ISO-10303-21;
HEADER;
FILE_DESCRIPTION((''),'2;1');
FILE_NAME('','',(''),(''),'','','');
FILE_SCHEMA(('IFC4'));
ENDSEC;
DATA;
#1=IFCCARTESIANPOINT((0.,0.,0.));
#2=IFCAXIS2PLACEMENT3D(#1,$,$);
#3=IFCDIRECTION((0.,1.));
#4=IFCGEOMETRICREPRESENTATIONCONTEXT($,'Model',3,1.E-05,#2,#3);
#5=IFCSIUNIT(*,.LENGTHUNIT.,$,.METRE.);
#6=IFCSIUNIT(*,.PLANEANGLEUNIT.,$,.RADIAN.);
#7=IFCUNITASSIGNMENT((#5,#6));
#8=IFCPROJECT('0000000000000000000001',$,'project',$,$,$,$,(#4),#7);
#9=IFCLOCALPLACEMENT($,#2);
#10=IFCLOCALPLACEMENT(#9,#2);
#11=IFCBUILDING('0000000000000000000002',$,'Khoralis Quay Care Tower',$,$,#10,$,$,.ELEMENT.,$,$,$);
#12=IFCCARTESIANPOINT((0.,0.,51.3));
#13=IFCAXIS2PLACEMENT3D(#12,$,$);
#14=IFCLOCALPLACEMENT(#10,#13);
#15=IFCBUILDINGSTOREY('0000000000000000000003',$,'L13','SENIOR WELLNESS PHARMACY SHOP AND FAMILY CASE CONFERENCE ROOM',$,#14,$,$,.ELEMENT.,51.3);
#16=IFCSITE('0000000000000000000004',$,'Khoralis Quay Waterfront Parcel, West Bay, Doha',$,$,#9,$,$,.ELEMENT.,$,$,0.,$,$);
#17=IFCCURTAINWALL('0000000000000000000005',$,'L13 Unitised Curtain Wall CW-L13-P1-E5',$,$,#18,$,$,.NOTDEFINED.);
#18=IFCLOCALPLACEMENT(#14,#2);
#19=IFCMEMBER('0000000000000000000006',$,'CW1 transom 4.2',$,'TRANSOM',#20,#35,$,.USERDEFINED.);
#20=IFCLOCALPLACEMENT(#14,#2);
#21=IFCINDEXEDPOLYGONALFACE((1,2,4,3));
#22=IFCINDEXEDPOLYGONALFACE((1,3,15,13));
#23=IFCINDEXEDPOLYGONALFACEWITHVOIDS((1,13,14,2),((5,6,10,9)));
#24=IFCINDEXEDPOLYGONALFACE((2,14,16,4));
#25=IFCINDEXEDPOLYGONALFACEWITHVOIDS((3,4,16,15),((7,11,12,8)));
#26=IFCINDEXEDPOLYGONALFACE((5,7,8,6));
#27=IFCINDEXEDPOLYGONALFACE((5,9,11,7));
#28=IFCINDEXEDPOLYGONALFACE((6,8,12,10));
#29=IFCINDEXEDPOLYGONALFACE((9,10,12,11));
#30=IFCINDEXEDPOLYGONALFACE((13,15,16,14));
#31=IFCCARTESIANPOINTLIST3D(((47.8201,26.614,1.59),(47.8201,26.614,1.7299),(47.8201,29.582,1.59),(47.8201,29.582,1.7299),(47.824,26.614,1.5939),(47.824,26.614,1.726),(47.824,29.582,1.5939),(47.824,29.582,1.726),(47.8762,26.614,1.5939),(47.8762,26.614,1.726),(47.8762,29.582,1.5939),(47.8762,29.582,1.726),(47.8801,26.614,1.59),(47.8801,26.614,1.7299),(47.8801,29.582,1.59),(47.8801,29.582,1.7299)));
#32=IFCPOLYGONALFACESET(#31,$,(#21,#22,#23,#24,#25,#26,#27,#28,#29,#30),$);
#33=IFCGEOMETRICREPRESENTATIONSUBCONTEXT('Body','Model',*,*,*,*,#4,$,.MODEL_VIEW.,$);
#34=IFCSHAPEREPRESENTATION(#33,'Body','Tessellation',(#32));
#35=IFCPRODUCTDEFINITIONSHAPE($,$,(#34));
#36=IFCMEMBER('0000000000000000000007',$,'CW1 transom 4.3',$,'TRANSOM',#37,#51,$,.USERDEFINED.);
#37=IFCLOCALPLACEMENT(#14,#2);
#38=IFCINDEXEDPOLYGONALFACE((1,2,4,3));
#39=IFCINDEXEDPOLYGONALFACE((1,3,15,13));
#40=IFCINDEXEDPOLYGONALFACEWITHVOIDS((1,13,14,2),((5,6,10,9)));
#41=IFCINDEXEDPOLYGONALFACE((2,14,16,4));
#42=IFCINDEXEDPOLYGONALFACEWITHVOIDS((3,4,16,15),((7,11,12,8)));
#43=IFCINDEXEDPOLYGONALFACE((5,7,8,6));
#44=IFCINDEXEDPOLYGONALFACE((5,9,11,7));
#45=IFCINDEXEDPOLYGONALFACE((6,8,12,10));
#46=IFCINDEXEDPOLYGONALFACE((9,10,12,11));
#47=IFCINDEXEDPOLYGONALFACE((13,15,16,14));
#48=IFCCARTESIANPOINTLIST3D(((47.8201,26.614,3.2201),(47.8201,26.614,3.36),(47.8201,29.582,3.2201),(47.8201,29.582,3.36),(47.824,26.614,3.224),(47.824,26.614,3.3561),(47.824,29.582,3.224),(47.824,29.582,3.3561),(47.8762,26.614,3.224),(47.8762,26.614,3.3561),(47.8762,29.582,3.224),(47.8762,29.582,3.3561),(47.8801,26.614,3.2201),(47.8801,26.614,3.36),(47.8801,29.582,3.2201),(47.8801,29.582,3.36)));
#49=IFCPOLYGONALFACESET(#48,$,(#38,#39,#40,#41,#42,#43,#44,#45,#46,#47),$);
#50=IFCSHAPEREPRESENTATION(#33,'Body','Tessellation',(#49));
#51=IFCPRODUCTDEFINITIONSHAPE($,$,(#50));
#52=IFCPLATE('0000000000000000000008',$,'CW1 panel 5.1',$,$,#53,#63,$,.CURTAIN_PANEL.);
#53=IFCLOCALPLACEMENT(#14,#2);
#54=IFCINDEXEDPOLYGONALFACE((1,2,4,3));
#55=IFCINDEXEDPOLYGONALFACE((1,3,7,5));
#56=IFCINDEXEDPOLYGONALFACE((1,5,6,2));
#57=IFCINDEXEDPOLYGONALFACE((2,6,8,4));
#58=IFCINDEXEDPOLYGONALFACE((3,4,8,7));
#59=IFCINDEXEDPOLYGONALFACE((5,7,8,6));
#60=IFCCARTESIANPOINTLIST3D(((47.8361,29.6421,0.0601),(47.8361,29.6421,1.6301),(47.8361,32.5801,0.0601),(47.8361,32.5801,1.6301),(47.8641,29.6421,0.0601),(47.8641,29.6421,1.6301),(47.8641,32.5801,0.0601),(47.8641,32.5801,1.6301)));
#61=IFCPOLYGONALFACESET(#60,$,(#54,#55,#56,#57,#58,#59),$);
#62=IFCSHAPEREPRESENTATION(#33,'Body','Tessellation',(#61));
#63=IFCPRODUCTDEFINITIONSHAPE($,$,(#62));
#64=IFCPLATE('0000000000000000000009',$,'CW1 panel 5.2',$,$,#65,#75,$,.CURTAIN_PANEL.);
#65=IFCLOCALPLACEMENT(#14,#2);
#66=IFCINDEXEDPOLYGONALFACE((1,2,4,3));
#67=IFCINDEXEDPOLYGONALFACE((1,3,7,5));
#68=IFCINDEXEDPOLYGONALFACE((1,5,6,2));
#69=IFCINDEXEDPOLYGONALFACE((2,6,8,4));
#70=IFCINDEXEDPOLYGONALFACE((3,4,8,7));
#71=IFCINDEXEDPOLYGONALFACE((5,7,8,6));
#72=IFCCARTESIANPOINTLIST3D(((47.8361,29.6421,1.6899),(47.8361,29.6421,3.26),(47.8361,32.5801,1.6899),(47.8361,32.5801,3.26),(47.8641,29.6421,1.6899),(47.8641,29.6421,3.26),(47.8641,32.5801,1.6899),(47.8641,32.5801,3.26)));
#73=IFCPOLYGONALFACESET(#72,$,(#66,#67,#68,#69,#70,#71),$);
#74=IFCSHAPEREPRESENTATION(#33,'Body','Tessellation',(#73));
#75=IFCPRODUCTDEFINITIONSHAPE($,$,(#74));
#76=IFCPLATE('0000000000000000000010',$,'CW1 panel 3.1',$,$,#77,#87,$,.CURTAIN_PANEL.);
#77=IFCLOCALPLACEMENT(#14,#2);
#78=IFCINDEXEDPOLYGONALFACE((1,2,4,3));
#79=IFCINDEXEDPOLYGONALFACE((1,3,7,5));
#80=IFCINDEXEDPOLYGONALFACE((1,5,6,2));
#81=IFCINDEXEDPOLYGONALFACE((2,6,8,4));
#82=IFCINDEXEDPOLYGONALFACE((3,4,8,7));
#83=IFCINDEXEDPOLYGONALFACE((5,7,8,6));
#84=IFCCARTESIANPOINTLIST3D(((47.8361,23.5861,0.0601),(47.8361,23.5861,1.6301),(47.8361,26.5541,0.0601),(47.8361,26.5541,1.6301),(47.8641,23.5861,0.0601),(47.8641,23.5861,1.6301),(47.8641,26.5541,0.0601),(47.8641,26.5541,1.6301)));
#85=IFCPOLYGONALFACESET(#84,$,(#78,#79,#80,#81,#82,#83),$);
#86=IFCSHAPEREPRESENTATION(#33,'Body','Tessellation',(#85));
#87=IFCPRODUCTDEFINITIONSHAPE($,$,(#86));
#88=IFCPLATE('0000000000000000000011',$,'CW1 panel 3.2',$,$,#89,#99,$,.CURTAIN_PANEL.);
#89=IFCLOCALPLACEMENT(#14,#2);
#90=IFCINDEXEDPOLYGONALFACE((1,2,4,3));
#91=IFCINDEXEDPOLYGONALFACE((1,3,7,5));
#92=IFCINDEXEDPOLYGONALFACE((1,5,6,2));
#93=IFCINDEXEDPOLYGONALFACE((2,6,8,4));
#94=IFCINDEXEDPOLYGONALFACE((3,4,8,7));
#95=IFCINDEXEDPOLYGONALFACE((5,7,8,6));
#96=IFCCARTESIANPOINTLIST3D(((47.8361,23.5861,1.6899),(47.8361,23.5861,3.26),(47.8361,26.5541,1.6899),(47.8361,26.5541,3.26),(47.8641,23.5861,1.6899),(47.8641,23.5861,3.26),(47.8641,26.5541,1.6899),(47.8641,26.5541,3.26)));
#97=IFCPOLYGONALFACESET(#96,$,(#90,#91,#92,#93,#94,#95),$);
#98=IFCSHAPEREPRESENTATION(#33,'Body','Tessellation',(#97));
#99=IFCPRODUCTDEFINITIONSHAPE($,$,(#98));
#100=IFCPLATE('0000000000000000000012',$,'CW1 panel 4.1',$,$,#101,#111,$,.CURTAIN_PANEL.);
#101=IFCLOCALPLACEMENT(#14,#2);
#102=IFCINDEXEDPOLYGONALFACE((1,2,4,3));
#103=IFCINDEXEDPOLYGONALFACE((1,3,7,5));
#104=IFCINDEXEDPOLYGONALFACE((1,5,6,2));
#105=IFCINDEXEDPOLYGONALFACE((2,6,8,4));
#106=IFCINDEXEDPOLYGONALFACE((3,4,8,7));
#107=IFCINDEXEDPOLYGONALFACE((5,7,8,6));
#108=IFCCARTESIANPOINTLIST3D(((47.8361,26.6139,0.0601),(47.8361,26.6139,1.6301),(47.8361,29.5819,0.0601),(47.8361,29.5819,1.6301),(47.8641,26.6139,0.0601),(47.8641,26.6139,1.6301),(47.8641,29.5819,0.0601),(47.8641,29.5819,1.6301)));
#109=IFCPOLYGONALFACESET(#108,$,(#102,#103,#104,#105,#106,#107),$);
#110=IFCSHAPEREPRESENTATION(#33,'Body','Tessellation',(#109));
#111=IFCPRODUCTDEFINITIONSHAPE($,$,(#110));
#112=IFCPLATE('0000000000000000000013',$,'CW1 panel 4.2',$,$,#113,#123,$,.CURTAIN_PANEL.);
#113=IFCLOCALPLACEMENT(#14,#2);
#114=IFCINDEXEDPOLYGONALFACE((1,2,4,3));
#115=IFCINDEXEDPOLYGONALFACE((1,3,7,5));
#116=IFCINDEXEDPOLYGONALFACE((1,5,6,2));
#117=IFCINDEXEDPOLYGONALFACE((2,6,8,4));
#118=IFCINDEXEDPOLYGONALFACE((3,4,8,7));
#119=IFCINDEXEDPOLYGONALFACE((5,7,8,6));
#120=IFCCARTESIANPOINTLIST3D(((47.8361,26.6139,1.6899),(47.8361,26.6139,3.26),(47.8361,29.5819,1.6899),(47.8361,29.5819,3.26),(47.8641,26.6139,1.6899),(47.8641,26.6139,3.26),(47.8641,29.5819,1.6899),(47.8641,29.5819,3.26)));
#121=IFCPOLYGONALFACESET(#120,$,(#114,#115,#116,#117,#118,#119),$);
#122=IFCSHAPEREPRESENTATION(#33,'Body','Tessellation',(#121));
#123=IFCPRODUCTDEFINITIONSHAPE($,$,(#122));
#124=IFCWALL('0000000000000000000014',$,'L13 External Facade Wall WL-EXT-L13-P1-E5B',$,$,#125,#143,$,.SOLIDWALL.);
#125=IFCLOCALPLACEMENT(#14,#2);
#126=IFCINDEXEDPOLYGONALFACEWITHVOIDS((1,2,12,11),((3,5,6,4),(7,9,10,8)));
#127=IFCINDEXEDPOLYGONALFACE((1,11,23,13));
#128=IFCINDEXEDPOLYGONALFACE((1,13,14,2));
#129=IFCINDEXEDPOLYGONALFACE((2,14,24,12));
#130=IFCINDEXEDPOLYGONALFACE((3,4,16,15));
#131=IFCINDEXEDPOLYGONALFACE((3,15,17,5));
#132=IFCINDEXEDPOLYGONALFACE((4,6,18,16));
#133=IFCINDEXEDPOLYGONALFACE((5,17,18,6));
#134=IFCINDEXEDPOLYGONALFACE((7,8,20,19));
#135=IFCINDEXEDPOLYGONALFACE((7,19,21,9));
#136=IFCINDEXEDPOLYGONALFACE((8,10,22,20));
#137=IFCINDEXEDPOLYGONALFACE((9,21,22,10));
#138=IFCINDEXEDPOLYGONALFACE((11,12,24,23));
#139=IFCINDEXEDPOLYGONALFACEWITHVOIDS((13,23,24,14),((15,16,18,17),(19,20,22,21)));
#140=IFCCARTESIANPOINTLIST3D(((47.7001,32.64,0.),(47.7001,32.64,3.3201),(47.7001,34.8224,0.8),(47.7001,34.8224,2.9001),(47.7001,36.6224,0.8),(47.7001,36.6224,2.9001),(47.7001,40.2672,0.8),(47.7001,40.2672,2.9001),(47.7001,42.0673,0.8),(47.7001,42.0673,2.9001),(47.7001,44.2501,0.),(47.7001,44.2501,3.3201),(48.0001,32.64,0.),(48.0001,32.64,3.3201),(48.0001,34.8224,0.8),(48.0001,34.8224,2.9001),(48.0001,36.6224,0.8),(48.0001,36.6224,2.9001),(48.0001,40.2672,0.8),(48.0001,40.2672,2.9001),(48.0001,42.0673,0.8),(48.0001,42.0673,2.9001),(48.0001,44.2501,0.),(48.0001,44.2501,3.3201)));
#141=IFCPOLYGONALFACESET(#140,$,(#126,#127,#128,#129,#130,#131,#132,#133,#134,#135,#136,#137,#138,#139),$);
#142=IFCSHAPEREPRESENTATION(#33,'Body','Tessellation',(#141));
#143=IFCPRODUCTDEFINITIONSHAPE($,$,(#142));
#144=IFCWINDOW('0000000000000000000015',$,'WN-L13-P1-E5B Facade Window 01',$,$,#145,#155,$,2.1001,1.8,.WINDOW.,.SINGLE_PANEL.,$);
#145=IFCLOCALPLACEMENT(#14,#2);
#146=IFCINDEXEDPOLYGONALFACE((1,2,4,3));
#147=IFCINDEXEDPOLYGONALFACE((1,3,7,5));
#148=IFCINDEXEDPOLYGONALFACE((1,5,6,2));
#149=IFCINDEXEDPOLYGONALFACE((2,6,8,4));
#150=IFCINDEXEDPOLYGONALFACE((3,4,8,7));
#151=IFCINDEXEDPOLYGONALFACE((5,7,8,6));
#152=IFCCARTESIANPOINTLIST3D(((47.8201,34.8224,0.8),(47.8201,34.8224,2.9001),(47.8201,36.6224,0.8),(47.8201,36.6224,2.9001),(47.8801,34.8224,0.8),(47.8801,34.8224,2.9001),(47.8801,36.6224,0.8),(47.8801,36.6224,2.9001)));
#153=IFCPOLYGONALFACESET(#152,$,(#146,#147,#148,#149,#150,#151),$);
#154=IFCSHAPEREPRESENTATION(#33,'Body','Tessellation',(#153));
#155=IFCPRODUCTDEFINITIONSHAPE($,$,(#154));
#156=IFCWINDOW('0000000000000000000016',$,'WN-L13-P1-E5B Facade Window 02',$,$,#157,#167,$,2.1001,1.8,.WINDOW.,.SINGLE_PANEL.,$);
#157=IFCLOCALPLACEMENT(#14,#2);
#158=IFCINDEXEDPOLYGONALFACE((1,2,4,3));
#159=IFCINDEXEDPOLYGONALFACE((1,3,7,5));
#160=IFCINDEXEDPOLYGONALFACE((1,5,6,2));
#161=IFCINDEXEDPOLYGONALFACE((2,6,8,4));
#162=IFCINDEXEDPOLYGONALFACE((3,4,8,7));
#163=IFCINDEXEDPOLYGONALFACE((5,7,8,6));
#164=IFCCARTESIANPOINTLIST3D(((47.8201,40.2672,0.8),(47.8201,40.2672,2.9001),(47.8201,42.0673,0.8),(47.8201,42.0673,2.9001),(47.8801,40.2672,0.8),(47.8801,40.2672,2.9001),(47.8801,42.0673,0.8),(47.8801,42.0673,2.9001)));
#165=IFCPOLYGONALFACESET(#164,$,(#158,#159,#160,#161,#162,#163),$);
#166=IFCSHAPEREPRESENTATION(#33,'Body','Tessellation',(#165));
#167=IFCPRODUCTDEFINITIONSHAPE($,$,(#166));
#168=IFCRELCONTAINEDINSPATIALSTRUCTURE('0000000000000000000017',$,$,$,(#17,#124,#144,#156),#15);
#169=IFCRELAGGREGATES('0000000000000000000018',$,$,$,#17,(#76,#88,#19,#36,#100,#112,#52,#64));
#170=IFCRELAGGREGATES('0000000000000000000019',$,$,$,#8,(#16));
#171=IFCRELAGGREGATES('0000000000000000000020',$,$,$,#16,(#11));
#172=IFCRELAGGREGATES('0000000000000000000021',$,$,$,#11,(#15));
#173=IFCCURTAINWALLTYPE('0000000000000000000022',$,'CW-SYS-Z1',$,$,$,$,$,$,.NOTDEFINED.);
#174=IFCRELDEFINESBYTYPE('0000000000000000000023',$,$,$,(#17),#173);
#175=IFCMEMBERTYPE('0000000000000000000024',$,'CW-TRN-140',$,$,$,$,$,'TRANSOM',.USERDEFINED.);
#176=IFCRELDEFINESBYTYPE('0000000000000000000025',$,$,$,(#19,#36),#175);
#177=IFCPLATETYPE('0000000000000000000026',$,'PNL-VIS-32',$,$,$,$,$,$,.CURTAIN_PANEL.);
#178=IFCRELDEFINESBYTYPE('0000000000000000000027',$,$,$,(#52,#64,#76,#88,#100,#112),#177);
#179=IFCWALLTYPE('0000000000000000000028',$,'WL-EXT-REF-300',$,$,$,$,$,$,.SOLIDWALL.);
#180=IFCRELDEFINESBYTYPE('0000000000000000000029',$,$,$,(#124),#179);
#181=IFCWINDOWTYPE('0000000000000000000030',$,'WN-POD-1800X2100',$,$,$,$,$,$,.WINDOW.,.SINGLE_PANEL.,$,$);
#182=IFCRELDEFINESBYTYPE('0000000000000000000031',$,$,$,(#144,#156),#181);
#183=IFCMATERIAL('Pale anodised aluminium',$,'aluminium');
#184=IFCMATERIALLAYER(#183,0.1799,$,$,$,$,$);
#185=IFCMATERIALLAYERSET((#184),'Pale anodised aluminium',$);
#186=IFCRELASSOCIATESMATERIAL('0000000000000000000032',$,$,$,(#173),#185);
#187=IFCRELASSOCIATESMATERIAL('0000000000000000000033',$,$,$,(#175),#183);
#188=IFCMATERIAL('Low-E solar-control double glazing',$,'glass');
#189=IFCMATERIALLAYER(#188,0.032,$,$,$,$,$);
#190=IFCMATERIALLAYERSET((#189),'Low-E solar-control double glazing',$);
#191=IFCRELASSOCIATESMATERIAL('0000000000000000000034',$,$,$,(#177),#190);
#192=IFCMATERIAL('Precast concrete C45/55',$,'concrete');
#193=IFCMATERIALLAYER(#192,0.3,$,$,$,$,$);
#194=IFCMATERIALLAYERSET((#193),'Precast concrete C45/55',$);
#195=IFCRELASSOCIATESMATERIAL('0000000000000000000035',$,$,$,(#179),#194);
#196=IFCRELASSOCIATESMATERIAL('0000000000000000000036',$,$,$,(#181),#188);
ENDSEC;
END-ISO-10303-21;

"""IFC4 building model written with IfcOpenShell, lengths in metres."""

from ifc_helpers import new_model, si_unit, direction, frame, frame_2d, origin, origin_2d, place, context, subcontext, project, spatial, rectangle, hollow_rectangle, extrude, source, transform, mapped, material, layer, layer_set, material_profile, profile_set, type_object, element, fill, aggregate, save


model = new_model("IFC4")

# Units and contexts
model_context = context("Model", 3, precision=1e-05, world=origin(), true_north=direction((0.0, 1.0)))
body_context = subcontext(model_context, "Body", "Model", "MODEL_VIEW")
ifc_project = project(units=[si_unit("LENGTHUNIT", "METRE"), si_unit("PLANEANGLEUNIT", "RADIAN")], contexts=[model_context])

# Site, building, storey
site_placement = place(None, origin())
site = spatial("IfcSite", under=ifc_project, at=site_placement, Name="Khoralis Quay Waterfront Parcel, West Bay, Doha", CompositionType="ELEMENT", RefElevation=0.0)
building_placement = place(site_placement, origin())
building = spatial("IfcBuilding", under=site, at=building_placement, Name="Khoralis Quay Care Tower", CompositionType="ELEMENT")
storey_placement = place(building_placement, frame((0.0, 0.0, 51.3)))
storey = spatial("IfcBuildingStorey", under=building, at=storey_placement, Name="L13", Description="SENIOR WELLNESS PHARMACY SHOP AND FAMILY CASE CONFERENCE ROOM", CompositionType="ELEMENT", Elevation=51.3)

# Curtain wall, members, plates
ifc_material_1 = material(Name="Pale anodised aluminium", Category="aluminium")
ifc_layer_1 = layer(ifc_material_1, 0.1799)
ifc_layer_set_1 = layer_set([ifc_layer_1], Name="Pale anodised aluminium")
curtain_wall_type = type_object("IfcCurtainWallType", Name="CW-SYS-Z1", PredefinedType="NOTDEFINED", material=ifc_layer_set_1)
curtain_wall_placement = place(storey_placement, origin())
curtain_wall = element("IfcCurtainWall", 1, at=curtain_wall_placement, inside=storey, type_object=curtain_wall_type, Name="L13 Unitised Curtain Wall CW-L13-P1-E5", PredefinedType="NOTDEFINED")
ifc_material_profile_1 = material_profile(ifc_material_1, hollow_rectangle(XDim=0.0601, YDim=0.1399, WallThickness=0.0039, at=origin_2d()), Name="Pale anodised aluminium")
ifc_profile_set_1 = profile_set([ifc_material_profile_1], Name="Pale anodised aluminium")
member_type_1 = type_object("IfcMemberType", Name="CW-TRN-140", ElementType="TRANSOM", PredefinedType="USERDEFINED", material=ifc_profile_set_1)
shared_shape_1 = source(origin(), body_context, "Body", "SweptSolid", [
    extrude(hollow_rectangle(XDim=0.0601, YDim=0.1399, WallThickness=0.0039, at=origin_2d()), origin(), (0.0, 0.0, 1.0), 2.968),
])
member_1_placement = place(storey_placement, frame((47.8501, 26.614, 1.6599), z_axis=(0.0, 1.0, 0.0), x_axis=(-1.0, 0.0, 0.0)))
member_1 = element("IfcMember", 2, at=member_1_placement, type_object=member_type_1, Name="CW1 transom 4.2", ObjectType="TRANSOM", PredefinedType="USERDEFINED", context=body_context, shape_type="MappedRepresentation", body=[
    mapped(shared_shape_1, transform((0.0, 0.0, 0.0), scale=1.0)),
])
member_2_placement = place(storey_placement, frame((47.8501, 26.614, 3.29), z_axis=(0.0, 1.0, 0.0), x_axis=(-1.0, 0.0, 0.0)))
member_2 = element("IfcMember", 3, at=member_2_placement, type_object=member_type_1, Name="CW1 transom 4.3", ObjectType="TRANSOM", PredefinedType="USERDEFINED", context=body_context, shape_type="MappedRepresentation", body=[
    mapped(shared_shape_1, transform((0.0, 0.0, 0.0), scale=1.0)),
])
ifc_material_2 = material(Name="Low-E solar-control double glazing", Category="glass")
ifc_layer_2 = layer(ifc_material_2, 0.032)
ifc_layer_set_2 = layer_set([ifc_layer_2], Name="Low-E solar-control double glazing")
plate_type = type_object("IfcPlateType", Name="PNL-VIS-32", PredefinedType="CURTAIN_PANEL", material=ifc_layer_set_2)
shared_shape_2 = source(origin(), body_context, "Body", "SweptSolid", [
    extrude(rectangle(XDim=2.938, YDim=0.0281, at=origin_2d()), origin(), (0.0, 0.0, 1.0), 1.5701),
])
plate_1_placement = place(storey_placement, frame((47.8501, 31.1111, 0.0601), z_axis=(0.0, 0.0, 1.0), x_axis=(0.0, 1.0, 0.0)))
plate_1 = element("IfcPlate", 4, at=plate_1_placement, type_object=plate_type, Name="CW1 panel 5.1", PredefinedType="CURTAIN_PANEL", context=body_context, shape_type="MappedRepresentation", body=[
    mapped(shared_shape_2, transform((0.0, 0.0, 0.0), scale=1.0)),
])
plate_2_placement = place(storey_placement, frame((47.8501, 31.1111, 1.6899), z_axis=(0.0, 0.0, 1.0), x_axis=(0.0, 1.0, 0.0)))
plate_2 = element("IfcPlate", 5, at=plate_2_placement, type_object=plate_type, Name="CW1 panel 5.2", PredefinedType="CURTAIN_PANEL", context=body_context, shape_type="MappedRepresentation", body=[
    mapped(shared_shape_2, transform((0.0, 0.0, 0.0), scale=1.0)),
])
shared_shape_3 = source(origin(), body_context, "Body", "SweptSolid", [
    extrude(rectangle(XDim=2.968, YDim=0.0281, at=origin_2d()), origin(), (0.0, 0.0, 1.0), 1.5701),
])
plate_3_placement = place(storey_placement, frame((47.8501, 25.0701, 0.0601), z_axis=(0.0, 0.0, 1.0), x_axis=(0.0, 1.0, 0.0)))
plate_3 = element("IfcPlate", 6, at=plate_3_placement, type_object=plate_type, Name="CW1 panel 3.1", PredefinedType="CURTAIN_PANEL", context=body_context, shape_type="MappedRepresentation", body=[
    mapped(shared_shape_3, transform((0.0, 0.0, 0.0), scale=1.0)),
])
plate_4_placement = place(storey_placement, frame((47.8501, 25.0701, 1.6899), z_axis=(0.0, 0.0, 1.0), x_axis=(0.0, 1.0, 0.0)))
plate_4 = element("IfcPlate", 7, at=plate_4_placement, type_object=plate_type, Name="CW1 panel 3.2", PredefinedType="CURTAIN_PANEL", context=body_context, shape_type="MappedRepresentation", body=[
    mapped(shared_shape_3, transform((0.0, 0.0, 0.0), scale=1.0)),
])
plate_5_placement = place(storey_placement, frame((47.8501, 28.0979, 0.0601), z_axis=(0.0, 0.0, 1.0), x_axis=(0.0, 1.0, 0.0)))
plate_5 = element("IfcPlate", 8, at=plate_5_placement, type_object=plate_type, Name="CW1 panel 4.1", PredefinedType="CURTAIN_PANEL", context=body_context, shape_type="MappedRepresentation", body=[
    mapped(shared_shape_3, transform((0.0, 0.0, 0.0), scale=1.0)),
])
plate_6_placement = place(storey_placement, frame((47.8501, 28.0979, 1.6899), z_axis=(0.0, 0.0, 1.0), x_axis=(0.0, 1.0, 0.0)))
plate_6 = element("IfcPlate", 9, at=plate_6_placement, type_object=plate_type, Name="CW1 panel 4.2", PredefinedType="CURTAIN_PANEL", context=body_context, shape_type="MappedRepresentation", body=[
    mapped(shared_shape_3, transform((0.0, 0.0, 0.0), scale=1.0)),
])
aggregate(curtain_wall, [plate_3, plate_4, member_1, member_2, plate_5, plate_6, plate_1, plate_2])

# Wall, openings, windows
ifc_material_3 = material(Name="Precast concrete C45/55", Category="concrete")
ifc_layer_3 = layer(ifc_material_3, 0.3)
ifc_layer_set_3 = layer_set([ifc_layer_3], Name="Precast concrete C45/55")
wall_type = type_object("IfcWallType", Name="WL-EXT-REF-300", PredefinedType="SOLIDWALL", material=ifc_layer_set_3)
wall_placement = place(storey_placement, frame((47.8501, 32.6399, 0.0), z_axis=(0.0, 0.0, 1.0), x_axis=(0.0, 1.0, 0.0)))
wall = element("IfcWall", 10, at=wall_placement, inside=storey, type_object=wall_type, Name="L13 External Facade Wall WL-EXT-L13-P1-E5B", PredefinedType="SOLIDWALL", context=body_context, shape_type="SweptSolid", body=[
    extrude(rectangle(XDim=11.6101, YDim=0.3, at=frame_2d((5.8052, 0.0))), origin(), (0.0, 0.0, 1.0), 3.3201),
])
opening_1_placement = place(wall_placement, frame((2.1826, 0.0, 0.8)))
opening_1 = element("IfcOpeningElement", 11, at=opening_1_placement, cuts=wall, PredefinedType="OPENING", context=body_context, shape_type="SweptSolid", body=[
    extrude(rectangle(XDim=1.8, YDim=2.1001, at=frame_2d((0.8999, 1.05))), frame((0.0, 0.1602, 0.0), z_axis=(0.0, -1.0, 0.0), x_axis=(1.0, 0.0, 0.0)), (0.0, 0.0, 1.0), 0.3201),
])
opening_2_placement = place(wall_placement, frame((7.6274, 0.0, 0.8)))
opening_2 = element("IfcOpeningElement", 12, at=opening_2_placement, cuts=wall, PredefinedType="OPENING", context=body_context, shape_type="SweptSolid", body=[
    extrude(rectangle(XDim=1.8, YDim=2.1001, at=frame_2d((0.8999, 1.05))), frame((0.0, 0.1602, 0.0), z_axis=(0.0, -1.0, 0.0), x_axis=(1.0, 0.0, 0.0)), (0.0, 0.0, 1.0), 0.3201),
])
window_type = type_object("IfcWindowType", Name="WN-POD-1800X2100", PartitioningType="SINGLE_PANEL", PredefinedType="WINDOW", material=ifc_material_2)
shared_shape_4 = source(origin(), body_context, "Body", "SweptSolid", [
    extrude(rectangle(XDim=1.8, YDim=2.1001, at=frame_2d((0.8999, 1.05))), frame((0.0, 0.03, 0.0), z_axis=(0.0, -1.0, 0.0), x_axis=(1.0, 0.0, 0.0)), (0.0, 0.0, 1.0), 0.0601),
])
window_1_placement = place(opening_1_placement, origin())
window_1 = element("IfcWindow", 13, at=window_1_placement, inside=storey, type_object=window_type, Name="WN-L13-P1-E5B Facade Window 01", OverallHeight=2.1001, OverallWidth=1.8, PartitioningType="SINGLE_PANEL", PredefinedType="WINDOW", context=body_context, shape_type="MappedRepresentation", body=[
    mapped(shared_shape_4, transform((0.0, 0.0, 0.0), scale=1.0)),
])
fill(opening_1, window_1)
window_2_placement = place(opening_2_placement, origin())
window_2 = element("IfcWindow", 14, at=window_2_placement, inside=storey, type_object=window_type, Name="WN-L13-P1-E5B Facade Window 02", OverallHeight=2.1001, OverallWidth=1.8, PartitioningType="SINGLE_PANEL", PredefinedType="WINDOW", context=body_context, shape_type="MappedRepresentation", body=[
    mapped(shared_shape_4, transform((0.0, 0.0, 0.0), scale=1.0)),
])
fill(opening_2, window_2)

save(model, "model.ifc")
